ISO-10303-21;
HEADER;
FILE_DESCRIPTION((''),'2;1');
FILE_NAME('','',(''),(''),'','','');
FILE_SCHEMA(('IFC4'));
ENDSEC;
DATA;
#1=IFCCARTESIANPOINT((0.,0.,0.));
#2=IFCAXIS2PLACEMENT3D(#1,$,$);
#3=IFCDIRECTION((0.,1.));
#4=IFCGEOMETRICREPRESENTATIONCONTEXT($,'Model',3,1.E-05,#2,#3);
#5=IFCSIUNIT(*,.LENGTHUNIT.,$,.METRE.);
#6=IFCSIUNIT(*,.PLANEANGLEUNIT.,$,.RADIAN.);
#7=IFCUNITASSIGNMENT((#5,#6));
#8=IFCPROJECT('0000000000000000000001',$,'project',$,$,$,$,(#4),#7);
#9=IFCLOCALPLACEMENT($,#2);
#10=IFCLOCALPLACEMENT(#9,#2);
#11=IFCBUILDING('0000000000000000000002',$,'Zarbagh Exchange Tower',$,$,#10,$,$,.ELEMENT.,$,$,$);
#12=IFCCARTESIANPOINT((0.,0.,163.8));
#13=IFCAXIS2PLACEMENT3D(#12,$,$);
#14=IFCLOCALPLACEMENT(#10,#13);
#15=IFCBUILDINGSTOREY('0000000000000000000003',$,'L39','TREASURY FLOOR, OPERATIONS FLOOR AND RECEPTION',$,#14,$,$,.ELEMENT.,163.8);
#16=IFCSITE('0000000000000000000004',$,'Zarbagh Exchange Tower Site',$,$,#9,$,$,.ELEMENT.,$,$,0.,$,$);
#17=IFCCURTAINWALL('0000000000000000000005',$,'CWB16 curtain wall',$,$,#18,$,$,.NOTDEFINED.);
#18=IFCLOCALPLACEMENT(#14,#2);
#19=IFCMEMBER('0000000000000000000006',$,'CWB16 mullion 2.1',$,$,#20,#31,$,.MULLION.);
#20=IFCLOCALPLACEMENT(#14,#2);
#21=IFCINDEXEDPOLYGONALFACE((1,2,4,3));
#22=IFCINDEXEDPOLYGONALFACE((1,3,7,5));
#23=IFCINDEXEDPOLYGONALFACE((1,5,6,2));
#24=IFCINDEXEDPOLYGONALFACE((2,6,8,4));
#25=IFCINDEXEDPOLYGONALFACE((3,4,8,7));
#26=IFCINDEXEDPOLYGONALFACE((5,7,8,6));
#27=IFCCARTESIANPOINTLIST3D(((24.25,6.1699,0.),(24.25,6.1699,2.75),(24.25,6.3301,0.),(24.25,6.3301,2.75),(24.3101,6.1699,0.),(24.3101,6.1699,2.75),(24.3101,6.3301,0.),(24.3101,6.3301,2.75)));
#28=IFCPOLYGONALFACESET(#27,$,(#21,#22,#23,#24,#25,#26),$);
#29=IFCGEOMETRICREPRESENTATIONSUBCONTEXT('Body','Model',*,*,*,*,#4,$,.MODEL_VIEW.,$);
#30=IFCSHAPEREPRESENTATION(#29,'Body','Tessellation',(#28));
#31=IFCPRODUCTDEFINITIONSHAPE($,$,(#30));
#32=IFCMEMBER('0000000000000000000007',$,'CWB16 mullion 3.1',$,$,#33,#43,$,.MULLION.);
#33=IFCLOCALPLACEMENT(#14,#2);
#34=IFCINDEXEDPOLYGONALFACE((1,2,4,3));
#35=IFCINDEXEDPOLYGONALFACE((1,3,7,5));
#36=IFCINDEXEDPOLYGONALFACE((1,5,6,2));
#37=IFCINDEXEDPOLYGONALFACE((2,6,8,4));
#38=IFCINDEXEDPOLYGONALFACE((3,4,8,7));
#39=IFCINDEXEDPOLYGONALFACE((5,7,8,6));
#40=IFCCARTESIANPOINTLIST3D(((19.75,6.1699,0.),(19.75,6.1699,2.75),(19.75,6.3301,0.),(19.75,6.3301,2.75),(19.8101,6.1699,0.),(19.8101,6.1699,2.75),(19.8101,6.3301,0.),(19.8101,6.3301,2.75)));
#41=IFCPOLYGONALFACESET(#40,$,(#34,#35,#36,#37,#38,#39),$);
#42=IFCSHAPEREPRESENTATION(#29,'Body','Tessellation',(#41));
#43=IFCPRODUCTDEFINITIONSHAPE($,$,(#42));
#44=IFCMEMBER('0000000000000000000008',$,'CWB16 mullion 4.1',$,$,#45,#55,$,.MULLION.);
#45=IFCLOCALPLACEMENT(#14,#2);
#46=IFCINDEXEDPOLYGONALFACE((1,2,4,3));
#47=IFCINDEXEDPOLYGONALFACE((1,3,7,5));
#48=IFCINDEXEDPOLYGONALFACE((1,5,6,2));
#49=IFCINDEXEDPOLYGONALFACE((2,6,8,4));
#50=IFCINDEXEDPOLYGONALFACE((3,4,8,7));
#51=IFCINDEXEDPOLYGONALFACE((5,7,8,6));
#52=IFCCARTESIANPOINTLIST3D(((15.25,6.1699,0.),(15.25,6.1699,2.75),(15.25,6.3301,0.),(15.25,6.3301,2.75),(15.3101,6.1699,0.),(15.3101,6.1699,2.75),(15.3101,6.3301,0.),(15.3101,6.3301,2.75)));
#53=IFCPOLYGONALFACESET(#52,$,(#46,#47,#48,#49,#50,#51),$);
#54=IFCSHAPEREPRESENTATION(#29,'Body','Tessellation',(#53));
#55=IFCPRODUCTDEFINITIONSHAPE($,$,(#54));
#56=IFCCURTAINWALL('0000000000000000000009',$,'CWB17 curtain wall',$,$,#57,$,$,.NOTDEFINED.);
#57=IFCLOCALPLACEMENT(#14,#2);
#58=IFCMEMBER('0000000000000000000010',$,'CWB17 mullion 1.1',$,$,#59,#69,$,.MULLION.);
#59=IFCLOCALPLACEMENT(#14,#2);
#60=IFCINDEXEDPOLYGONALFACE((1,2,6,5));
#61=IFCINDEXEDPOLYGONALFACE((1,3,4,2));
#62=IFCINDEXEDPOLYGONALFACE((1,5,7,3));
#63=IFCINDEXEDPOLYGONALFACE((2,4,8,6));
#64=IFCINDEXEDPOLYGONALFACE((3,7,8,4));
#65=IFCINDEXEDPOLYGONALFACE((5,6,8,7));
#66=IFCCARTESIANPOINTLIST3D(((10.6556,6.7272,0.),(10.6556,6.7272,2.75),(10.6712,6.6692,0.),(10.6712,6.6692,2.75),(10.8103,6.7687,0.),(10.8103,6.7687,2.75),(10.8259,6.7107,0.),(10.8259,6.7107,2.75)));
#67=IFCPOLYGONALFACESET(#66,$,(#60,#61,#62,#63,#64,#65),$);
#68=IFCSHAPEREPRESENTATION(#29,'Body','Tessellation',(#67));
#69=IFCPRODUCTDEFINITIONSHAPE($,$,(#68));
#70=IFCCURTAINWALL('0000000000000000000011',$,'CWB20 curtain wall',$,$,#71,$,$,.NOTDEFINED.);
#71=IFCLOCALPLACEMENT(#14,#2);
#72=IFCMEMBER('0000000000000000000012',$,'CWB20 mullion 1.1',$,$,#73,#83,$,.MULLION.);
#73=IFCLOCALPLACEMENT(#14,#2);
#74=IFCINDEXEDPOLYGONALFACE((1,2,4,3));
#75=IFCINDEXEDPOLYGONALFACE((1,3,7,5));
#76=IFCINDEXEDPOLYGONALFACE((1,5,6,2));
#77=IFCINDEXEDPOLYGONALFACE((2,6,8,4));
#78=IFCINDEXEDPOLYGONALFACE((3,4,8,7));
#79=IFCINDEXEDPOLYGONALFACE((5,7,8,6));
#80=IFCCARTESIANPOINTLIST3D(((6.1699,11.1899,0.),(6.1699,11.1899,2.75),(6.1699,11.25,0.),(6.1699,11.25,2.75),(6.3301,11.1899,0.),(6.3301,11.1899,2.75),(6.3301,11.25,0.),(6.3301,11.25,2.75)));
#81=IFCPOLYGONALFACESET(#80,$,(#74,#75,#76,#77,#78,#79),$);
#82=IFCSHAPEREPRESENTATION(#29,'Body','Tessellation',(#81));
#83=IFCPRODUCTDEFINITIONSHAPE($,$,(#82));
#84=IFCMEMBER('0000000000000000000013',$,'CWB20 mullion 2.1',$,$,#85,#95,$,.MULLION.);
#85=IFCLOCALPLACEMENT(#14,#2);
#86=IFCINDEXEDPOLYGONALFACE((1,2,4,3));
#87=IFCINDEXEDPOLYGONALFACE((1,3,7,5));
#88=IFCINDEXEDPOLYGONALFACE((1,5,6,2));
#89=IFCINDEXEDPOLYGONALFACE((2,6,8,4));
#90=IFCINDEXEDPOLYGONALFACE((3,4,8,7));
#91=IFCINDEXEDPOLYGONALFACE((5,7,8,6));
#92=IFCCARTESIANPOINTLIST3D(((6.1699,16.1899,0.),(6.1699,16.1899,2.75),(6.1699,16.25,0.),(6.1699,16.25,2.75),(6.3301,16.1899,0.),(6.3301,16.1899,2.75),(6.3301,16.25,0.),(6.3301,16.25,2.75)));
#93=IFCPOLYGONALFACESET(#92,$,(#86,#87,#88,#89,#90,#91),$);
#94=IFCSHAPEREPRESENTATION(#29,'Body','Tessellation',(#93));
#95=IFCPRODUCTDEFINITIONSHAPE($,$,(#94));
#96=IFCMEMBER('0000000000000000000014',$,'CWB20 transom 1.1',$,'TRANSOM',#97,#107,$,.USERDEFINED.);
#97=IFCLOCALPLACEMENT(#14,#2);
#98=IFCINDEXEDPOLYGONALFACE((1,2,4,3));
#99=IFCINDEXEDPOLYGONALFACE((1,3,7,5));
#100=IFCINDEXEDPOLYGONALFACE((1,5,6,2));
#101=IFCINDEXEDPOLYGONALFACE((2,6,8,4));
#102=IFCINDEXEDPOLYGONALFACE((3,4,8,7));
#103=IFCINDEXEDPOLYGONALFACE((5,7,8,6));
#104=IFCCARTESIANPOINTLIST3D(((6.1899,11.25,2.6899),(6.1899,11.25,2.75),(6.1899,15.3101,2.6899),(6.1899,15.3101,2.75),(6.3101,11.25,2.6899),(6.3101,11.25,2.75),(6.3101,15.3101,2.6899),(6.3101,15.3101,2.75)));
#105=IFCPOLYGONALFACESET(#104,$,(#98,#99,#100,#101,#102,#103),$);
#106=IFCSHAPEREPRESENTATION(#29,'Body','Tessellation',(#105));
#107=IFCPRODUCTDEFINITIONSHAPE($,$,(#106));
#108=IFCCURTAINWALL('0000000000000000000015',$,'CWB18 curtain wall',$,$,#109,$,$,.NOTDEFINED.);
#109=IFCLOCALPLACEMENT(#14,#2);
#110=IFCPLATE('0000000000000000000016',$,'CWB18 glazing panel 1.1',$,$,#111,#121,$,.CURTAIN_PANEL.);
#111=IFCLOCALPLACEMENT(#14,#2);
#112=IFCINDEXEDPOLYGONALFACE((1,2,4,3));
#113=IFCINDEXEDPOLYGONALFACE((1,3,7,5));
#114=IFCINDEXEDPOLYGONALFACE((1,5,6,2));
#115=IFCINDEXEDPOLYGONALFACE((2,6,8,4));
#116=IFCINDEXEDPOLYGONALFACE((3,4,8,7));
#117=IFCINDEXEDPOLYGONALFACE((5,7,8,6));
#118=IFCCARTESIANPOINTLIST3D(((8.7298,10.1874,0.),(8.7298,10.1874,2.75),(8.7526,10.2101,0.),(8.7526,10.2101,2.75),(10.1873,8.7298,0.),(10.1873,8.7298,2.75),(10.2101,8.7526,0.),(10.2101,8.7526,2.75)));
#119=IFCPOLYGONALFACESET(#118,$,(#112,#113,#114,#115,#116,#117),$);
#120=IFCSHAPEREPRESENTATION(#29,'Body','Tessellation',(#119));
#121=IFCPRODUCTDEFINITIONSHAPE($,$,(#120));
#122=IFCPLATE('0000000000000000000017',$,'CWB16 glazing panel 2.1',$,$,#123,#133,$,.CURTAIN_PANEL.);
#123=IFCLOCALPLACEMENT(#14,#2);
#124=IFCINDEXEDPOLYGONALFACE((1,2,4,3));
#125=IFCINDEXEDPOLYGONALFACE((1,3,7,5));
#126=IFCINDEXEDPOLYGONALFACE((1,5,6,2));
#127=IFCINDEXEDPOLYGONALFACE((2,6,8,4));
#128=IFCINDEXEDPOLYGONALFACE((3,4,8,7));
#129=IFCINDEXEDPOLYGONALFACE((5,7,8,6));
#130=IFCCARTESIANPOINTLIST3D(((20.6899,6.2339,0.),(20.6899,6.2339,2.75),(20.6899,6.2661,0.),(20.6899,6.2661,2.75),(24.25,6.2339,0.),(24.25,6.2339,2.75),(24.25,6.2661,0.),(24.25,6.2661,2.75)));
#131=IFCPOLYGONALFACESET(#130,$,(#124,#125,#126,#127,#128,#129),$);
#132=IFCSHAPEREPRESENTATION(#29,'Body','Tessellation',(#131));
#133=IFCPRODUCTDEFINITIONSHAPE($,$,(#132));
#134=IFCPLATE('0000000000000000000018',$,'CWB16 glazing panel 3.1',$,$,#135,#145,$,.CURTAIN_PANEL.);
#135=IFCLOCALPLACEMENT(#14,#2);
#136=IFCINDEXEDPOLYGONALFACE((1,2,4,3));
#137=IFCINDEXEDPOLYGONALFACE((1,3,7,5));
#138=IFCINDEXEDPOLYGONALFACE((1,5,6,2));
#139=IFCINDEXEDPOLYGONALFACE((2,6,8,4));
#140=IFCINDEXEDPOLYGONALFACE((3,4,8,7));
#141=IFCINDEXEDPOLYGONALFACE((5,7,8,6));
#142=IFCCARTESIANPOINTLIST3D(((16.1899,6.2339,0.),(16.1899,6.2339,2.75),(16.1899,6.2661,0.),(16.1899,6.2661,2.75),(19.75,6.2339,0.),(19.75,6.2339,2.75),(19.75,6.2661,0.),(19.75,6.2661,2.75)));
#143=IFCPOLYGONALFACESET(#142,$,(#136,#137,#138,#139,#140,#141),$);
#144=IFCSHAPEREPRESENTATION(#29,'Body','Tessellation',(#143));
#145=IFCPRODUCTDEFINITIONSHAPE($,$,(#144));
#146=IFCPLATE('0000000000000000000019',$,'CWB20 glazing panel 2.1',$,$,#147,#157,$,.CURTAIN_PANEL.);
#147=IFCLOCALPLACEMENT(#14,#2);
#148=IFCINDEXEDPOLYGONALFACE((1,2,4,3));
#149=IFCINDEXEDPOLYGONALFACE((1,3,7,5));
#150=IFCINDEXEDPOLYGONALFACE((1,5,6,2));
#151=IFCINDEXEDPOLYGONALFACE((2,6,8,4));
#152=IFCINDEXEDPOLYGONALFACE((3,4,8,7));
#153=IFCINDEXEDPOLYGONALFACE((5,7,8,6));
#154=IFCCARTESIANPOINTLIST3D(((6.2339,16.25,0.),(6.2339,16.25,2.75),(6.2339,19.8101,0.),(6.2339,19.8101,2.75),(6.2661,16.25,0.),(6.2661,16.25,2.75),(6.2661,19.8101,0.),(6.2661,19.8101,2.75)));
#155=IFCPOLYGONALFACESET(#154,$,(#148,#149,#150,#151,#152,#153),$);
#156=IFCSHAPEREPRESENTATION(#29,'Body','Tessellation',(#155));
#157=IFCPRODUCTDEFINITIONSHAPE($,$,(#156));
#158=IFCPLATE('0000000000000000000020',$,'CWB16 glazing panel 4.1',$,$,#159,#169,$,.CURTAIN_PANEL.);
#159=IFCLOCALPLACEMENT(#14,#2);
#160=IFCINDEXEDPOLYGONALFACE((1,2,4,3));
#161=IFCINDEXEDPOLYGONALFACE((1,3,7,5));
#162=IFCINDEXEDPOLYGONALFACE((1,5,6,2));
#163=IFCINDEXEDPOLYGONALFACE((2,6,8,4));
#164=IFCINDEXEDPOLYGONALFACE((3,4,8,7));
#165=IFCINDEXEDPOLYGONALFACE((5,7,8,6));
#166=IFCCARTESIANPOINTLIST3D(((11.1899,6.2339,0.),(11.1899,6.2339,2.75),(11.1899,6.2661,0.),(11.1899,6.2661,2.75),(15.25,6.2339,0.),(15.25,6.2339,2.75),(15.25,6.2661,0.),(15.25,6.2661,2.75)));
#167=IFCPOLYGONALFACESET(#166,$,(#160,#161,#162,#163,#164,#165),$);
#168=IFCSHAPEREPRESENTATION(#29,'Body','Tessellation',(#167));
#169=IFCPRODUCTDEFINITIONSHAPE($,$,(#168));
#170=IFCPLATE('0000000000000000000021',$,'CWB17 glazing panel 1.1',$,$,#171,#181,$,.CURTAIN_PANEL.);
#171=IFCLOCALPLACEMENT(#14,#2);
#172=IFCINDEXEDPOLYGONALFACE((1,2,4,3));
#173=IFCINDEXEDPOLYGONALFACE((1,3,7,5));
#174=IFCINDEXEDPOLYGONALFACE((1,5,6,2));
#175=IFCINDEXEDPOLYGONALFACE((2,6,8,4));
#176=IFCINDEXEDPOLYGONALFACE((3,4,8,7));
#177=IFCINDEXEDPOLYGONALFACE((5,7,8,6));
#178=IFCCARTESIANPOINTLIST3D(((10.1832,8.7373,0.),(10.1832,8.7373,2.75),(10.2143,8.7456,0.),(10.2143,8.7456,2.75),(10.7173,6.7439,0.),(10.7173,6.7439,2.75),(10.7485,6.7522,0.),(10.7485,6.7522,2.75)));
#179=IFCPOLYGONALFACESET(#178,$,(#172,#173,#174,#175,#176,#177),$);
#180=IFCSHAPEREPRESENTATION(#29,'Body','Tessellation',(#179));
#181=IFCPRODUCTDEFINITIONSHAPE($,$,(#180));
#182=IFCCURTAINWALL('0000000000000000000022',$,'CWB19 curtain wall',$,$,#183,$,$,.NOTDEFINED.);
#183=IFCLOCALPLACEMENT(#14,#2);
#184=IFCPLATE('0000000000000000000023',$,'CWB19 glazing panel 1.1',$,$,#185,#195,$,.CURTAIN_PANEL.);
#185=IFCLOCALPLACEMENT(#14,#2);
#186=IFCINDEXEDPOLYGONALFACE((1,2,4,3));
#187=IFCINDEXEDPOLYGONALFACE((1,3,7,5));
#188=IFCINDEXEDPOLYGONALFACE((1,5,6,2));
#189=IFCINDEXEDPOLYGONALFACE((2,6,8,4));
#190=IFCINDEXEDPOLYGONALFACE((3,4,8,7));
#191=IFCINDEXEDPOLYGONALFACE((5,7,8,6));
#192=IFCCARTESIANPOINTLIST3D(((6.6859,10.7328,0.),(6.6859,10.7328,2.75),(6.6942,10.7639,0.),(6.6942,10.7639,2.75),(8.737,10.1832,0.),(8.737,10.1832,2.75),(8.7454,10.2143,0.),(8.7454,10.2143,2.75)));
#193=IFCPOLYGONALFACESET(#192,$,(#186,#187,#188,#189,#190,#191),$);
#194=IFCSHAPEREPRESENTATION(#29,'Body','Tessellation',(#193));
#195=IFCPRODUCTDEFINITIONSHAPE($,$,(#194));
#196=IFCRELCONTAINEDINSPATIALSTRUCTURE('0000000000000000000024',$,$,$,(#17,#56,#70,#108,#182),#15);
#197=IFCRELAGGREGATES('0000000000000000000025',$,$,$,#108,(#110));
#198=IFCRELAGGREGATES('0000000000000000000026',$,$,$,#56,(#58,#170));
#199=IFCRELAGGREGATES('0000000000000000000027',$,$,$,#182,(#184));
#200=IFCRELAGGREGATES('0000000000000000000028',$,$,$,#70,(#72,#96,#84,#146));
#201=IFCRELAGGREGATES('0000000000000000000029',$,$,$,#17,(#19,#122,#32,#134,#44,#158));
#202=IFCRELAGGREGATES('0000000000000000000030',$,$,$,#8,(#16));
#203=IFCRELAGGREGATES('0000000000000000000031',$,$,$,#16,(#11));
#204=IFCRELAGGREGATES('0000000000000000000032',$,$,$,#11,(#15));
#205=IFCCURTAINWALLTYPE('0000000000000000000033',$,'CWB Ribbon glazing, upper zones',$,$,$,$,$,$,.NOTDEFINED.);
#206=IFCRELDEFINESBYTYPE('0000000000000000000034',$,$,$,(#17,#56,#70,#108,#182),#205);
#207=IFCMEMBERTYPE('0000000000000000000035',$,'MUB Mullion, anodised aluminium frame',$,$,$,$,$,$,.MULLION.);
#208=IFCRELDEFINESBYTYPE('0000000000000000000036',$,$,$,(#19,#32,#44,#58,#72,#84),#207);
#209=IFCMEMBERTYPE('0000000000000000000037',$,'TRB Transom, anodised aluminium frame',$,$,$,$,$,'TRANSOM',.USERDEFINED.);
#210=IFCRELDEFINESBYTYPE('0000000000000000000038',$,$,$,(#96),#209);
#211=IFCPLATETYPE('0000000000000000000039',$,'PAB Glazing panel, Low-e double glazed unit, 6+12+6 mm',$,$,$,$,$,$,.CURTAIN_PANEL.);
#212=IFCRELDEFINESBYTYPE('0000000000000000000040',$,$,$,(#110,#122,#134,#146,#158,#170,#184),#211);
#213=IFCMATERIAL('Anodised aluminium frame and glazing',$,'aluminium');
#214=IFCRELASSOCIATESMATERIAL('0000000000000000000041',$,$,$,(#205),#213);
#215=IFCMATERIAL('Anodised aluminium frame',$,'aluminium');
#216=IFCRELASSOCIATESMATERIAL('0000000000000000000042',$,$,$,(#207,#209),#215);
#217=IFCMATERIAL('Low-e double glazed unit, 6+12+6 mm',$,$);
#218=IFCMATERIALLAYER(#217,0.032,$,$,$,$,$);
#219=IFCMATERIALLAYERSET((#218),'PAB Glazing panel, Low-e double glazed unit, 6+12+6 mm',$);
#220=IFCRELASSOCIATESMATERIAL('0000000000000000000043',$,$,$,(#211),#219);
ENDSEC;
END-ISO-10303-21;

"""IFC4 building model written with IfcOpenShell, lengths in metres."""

from ifc_helpers import new_model, si_unit, direction, frame, origin, place, context, subcontext, project, spatial, polyline, outline, extrude, source, transform, mapped, material, layer, layer_set, type_object, element, aggregate, save


model = new_model("IFC4")

# Units and contexts
model_context = context("Model", 3, precision=1e-05, world=origin(), true_north=direction((0.0, 1.0)))
body_context = subcontext(model_context, "Body", "Model", "MODEL_VIEW")
ifc_project = project(units=[si_unit("LENGTHUNIT", "METRE"), si_unit("PLANEANGLEUNIT", "RADIAN")], contexts=[model_context])

# Site, building, storey
site_placement = place(None, origin())
site = spatial("IfcSite", under=ifc_project, at=site_placement, Name="Zarbagh Exchange Tower Site", CompositionType="ELEMENT", RefElevation=0.0)
building_placement = place(site_placement, origin())
building = spatial("IfcBuilding", under=site, at=building_placement, Name="Zarbagh Exchange Tower", CompositionType="ELEMENT")
storey_placement = place(building_placement, frame((0.0, 0.0, 163.8)))
storey = spatial("IfcBuildingStorey", under=building, at=storey_placement, Name="L39", Description="TREASURY FLOOR, OPERATIONS FLOOR AND RECEPTION", CompositionType="ELEMENT", Elevation=163.8)

# Curtain wall, members
ifc_material_1 = material(Name="Anodised aluminium frame and glazing", Category="aluminium")
curtain_wall_type = type_object("IfcCurtainWallType", Name="CWB Ribbon glazing, upper zones", PredefinedType="NOTDEFINED", material=ifc_material_1)
curtain_wall_1_placement = place(storey_placement, origin())
curtain_wall_1 = element("IfcCurtainWall", 1, at=curtain_wall_1_placement, inside=storey, type_object=curtain_wall_type, Name="CWB16 curtain wall", PredefinedType="NOTDEFINED")
ifc_material_2 = material(Name="Anodised aluminium frame", Category="aluminium")
member_type_1 = type_object("IfcMemberType", Name="MUB Mullion, anodised aluminium frame", PredefinedType="MULLION", material=ifc_material_2)
shared_shape_1 = source(origin(), body_context, "Body", "SweptSolid", [
    extrude(outline(polyline([(0.0, -0.0801), (0.0601, -0.0801), (0.0601, 0.0801), (0.0, 0.0801), (0.0, -0.0801)])), origin(), (0.0, 0.0, 1.0), 2.75),
])
placement = place(storey_placement, origin())
member_1 = element("IfcMember", 2, at=placement, type_object=member_type_1, Name="CWB16 mullion 2.1", PredefinedType="MULLION", context=body_context, shape_type="MappedRepresentation", body=[
    mapped(shared_shape_1, transform((24.3101, 6.25, 0.0), x_axis=(-1.0, 0.0, 0.0), y_axis=(0.0, -1.0, 0.0), z_axis=(0.0, 0.0, 1.0))),
])
member_2 = element("IfcMember", 3, at=placement, type_object=member_type_1, Name="CWB16 mullion 3.1", PredefinedType="MULLION", context=body_context, shape_type="MappedRepresentation", body=[
    mapped(shared_shape_1, transform((19.8101, 6.25, 0.0), x_axis=(-1.0, 0.0, 0.0), y_axis=(0.0, -1.0, 0.0), z_axis=(0.0, 0.0, 1.0))),
])
member_3 = element("IfcMember", 4, at=placement, type_object=member_type_1, Name="CWB16 mullion 4.1", PredefinedType="MULLION", context=body_context, shape_type="MappedRepresentation", body=[
    mapped(shared_shape_1, transform((15.3101, 6.25, 0.0), x_axis=(-1.0, 0.0, 0.0), y_axis=(0.0, -1.0, 0.0), z_axis=(0.0, 0.0, 1.0))),
])

# Curtain wall, member
curtain_wall_2_placement = place(storey_placement, origin())
curtain_wall_2 = element("IfcCurtainWall", 5, at=curtain_wall_2_placement, inside=storey, type_object=curtain_wall_type, Name="CWB17 curtain wall", PredefinedType="NOTDEFINED")
member_4 = element("IfcMember", 6, at=placement, type_object=member_type_1, Name="CWB17 mullion 1.1", PredefinedType="MULLION", context=body_context, shape_type="MappedRepresentation", body=[
    mapped(shared_shape_1, transform((10.7485, 6.6899, 0.0), x_axis=(-0.258825, 0.965924, 0.0), y_axis=(-0.965924, -0.258825, 0.0), z_axis=(0.0, 0.0, 1.0))),
])

# Curtain wall, members
curtain_wall_3_placement = place(storey_placement, origin())
curtain_wall_3 = element("IfcCurtainWall", 7, at=curtain_wall_3_placement, inside=storey, type_object=curtain_wall_type, Name="CWB20 curtain wall", PredefinedType="NOTDEFINED")
member_5 = element("IfcMember", 8, at=placement, type_object=member_type_1, Name="CWB20 mullion 1.1", PredefinedType="MULLION", context=body_context, shape_type="MappedRepresentation", body=[
    mapped(shared_shape_1, transform((6.25, 11.1899, 0.0), x_axis=(0.0, 1.0, 0.0), y_axis=(-1.0, 0.0, 0.0), z_axis=(0.0, 0.0, 1.0))),
])
member_6 = element("IfcMember", 9, at=placement, type_object=member_type_1, Name="CWB20 mullion 2.1", PredefinedType="MULLION", context=body_context, shape_type="MappedRepresentation", body=[
    mapped(shared_shape_1, transform((6.25, 16.1899, 0.0), x_axis=(0.0, 1.0, 0.0), y_axis=(-1.0, 0.0, 0.0), z_axis=(0.0, 0.0, 1.0))),
])
member_type_2 = type_object("IfcMemberType", Name="TRB Transom, anodised aluminium frame", ElementType="TRANSOM", PredefinedType="USERDEFINED", material=ifc_material_2)
shared_shape_2 = source(origin(), body_context, "Body", "SweptSolid", [
    extrude(outline(polyline([(-0.0601, -0.0601), (0.0, -0.0601), (0.0, 0.0601), (-0.0601, 0.0601), (-0.0601, -0.0601)])), origin(), (0.0, 0.0, 1.0), 4.0601),
])
member_7 = element("IfcMember", 10, at=placement, type_object=member_type_2, Name="CWB20 transom 1.1", ObjectType="TRANSOM", PredefinedType="USERDEFINED", context=body_context, shape_type="MappedRepresentation", body=[
    mapped(shared_shape_2, transform((6.25, 11.25, 2.75), x_axis=(0.0, 0.0, 1.0), y_axis=(1.0, 0.0, 0.0), z_axis=(0.0, 1.0, 0.0))),
])

# Curtain wall, plate
curtain_wall_4_placement = place(storey_placement, origin())
curtain_wall_4 = element("IfcCurtainWall", 11, at=curtain_wall_4_placement, inside=storey, type_object=curtain_wall_type, Name="CWB18 curtain wall", PredefinedType="NOTDEFINED")
ifc_material_3 = material(Name="Low-e double glazed unit, 6+12+6 mm")
ifc_layer_1 = layer(ifc_material_3, 0.032)
ifc_layer_set_1 = layer_set([ifc_layer_1], Name="PAB Glazing panel, Low-e double glazed unit, 6+12+6 mm")
plate_type = type_object("IfcPlateType", Name="PAB Glazing panel, Low-e double glazed unit, 6+12+6 mm", PredefinedType="CURTAIN_PANEL", material=ifc_layer_set_1)
shared_shape_3 = source(origin(), body_context, "Body", "SweptSolid", [
    extrude(outline(polyline([(0.0, -0.0161), (2.0613, -0.0161), (2.0613, 0.0161), (0.0, 0.0161), (0.0, -0.0161)])), origin(), (0.0, 0.0, 1.0), 2.75),
])
plate_1 = element("IfcPlate", 12, at=placement, type_object=plate_type, Name="CWB18 glazing panel 1.1", PredefinedType="CURTAIN_PANEL", context=body_context, shape_type="MappedRepresentation", body=[
    mapped(shared_shape_3, transform((10.1987, 8.7412, 0.0), x_axis=(-0.707107, 0.707107, 0.0), y_axis=(-0.707107, -0.707107, 0.0), z_axis=(0.0, 0.0, 1.0))),
])
aggregate(curtain_wall_4, [plate_1])

# Plates
shared_shape_4 = source(origin(), body_context, "Body", "SweptSolid", [
    extrude(outline(polyline([(0.0, -0.0161), (3.5601, -0.0161), (3.5601, 0.0161), (0.0, 0.0161), (0.0, -0.0161)])), origin(), (0.0, 0.0, 1.0), 2.75),
])
plate_2 = element("IfcPlate", 13, at=placement, type_object=plate_type, Name="CWB16 glazing panel 2.1", PredefinedType="CURTAIN_PANEL", context=body_context, shape_type="MappedRepresentation", body=[
    mapped(shared_shape_4, transform((24.25, 6.25, 0.0), x_axis=(-1.0, 0.0, 0.0), y_axis=(0.0, -1.0, 0.0), z_axis=(0.0, 0.0, 1.0))),
])
plate_3 = element("IfcPlate", 14, at=placement, type_object=plate_type, Name="CWB16 glazing panel 3.1", PredefinedType="CURTAIN_PANEL", context=body_context, shape_type="MappedRepresentation", body=[
    mapped(shared_shape_4, transform((19.75, 6.25, 0.0), x_axis=(-1.0, 0.0, 0.0), y_axis=(0.0, -1.0, 0.0), z_axis=(0.0, 0.0, 1.0))),
])
plate_4 = element("IfcPlate", 15, at=placement, type_object=plate_type, Name="CWB20 glazing panel 2.1", PredefinedType="CURTAIN_PANEL", context=body_context, shape_type="MappedRepresentation", body=[
    mapped(shared_shape_4, transform((6.25, 16.25, 0.0), x_axis=(0.0, 1.0, 0.0), y_axis=(-1.0, 0.0, 0.0), z_axis=(0.0, 0.0, 1.0))),
])
shared_shape_5 = source(origin(), body_context, "Body", "SweptSolid", [
    extrude(outline(polyline([(0.0, -0.0161), (4.0601, -0.0161), (4.0601, 0.0161), (0.0, 0.0161), (0.0, -0.0161)])), origin(), (0.0, 0.0, 1.0), 2.75),
])
plate_5 = element("IfcPlate", 16, at=placement, type_object=plate_type, Name="CWB16 glazing panel 4.1", PredefinedType="CURTAIN_PANEL", context=body_context, shape_type="MappedRepresentation", body=[
    mapped(shared_shape_5, transform((15.25, 6.25, 0.0), x_axis=(-1.0, 0.0, 0.0), y_axis=(0.0, -1.0, 0.0), z_axis=(0.0, 0.0, 1.0))),
])
shared_shape_6 = source(origin(), body_context, "Body", "SweptSolid", [
    extrude(outline(polyline([(0.0, -0.0161), (2.0637, -0.0161), (2.0637, 0.0161), (0.0, 0.0161), (0.0, -0.0161)])), origin(), (0.0, 0.0, 1.0), 2.75),
])
plate_6 = element("IfcPlate", 17, at=placement, type_object=plate_type, Name="CWB17 glazing panel 1.1", PredefinedType="CURTAIN_PANEL", context=body_context, shape_type="MappedRepresentation", body=[
    mapped(shared_shape_6, transform((10.7329, 6.748, 0.0), x_axis=(-0.258825, 0.965924, 0.0), y_axis=(-0.965924, -0.258825, 0.0), z_axis=(0.0, 0.0, 1.0))),
])
aggregate(curtain_wall_2, [member_4, plate_6])

# Curtain wall, plate
curtain_wall_5_placement = place(storey_placement, origin())
curtain_wall_5 = element("IfcCurtainWall", 18, at=curtain_wall_5_placement, inside=storey, type_object=curtain_wall_type, Name="CWB19 curtain wall", PredefinedType="NOTDEFINED")
shared_shape_7 = source(origin(), body_context, "Body", "SweptSolid", [
    extrude(outline(polyline([(0.0, -0.0161), (2.1235, -0.0161), (2.1235, 0.0161), (0.0, 0.0161), (0.0, -0.0161)])), origin(), (0.0, 0.0, 1.0), 2.75),
])
plate_7 = element("IfcPlate", 19, at=placement, type_object=plate_type, Name="CWB19 glazing panel 1.1", PredefinedType="CURTAIN_PANEL", context=body_context, shape_type="MappedRepresentation", body=[
    mapped(shared_shape_7, transform((8.7412, 10.1987, 0.0), x_axis=(-0.965924, 0.258825, 0.0), y_axis=(-0.258825, -0.965924, 0.0), z_axis=(0.0, 0.0, 1.0))),
])
aggregate(curtain_wall_5, [plate_7])

aggregate(curtain_wall_3, [member_5, member_7, member_6, plate_4])
aggregate(curtain_wall_1, [member_1, plate_2, member_2, plate_3, member_3, plate_5])

save(model, "model.ifc")
